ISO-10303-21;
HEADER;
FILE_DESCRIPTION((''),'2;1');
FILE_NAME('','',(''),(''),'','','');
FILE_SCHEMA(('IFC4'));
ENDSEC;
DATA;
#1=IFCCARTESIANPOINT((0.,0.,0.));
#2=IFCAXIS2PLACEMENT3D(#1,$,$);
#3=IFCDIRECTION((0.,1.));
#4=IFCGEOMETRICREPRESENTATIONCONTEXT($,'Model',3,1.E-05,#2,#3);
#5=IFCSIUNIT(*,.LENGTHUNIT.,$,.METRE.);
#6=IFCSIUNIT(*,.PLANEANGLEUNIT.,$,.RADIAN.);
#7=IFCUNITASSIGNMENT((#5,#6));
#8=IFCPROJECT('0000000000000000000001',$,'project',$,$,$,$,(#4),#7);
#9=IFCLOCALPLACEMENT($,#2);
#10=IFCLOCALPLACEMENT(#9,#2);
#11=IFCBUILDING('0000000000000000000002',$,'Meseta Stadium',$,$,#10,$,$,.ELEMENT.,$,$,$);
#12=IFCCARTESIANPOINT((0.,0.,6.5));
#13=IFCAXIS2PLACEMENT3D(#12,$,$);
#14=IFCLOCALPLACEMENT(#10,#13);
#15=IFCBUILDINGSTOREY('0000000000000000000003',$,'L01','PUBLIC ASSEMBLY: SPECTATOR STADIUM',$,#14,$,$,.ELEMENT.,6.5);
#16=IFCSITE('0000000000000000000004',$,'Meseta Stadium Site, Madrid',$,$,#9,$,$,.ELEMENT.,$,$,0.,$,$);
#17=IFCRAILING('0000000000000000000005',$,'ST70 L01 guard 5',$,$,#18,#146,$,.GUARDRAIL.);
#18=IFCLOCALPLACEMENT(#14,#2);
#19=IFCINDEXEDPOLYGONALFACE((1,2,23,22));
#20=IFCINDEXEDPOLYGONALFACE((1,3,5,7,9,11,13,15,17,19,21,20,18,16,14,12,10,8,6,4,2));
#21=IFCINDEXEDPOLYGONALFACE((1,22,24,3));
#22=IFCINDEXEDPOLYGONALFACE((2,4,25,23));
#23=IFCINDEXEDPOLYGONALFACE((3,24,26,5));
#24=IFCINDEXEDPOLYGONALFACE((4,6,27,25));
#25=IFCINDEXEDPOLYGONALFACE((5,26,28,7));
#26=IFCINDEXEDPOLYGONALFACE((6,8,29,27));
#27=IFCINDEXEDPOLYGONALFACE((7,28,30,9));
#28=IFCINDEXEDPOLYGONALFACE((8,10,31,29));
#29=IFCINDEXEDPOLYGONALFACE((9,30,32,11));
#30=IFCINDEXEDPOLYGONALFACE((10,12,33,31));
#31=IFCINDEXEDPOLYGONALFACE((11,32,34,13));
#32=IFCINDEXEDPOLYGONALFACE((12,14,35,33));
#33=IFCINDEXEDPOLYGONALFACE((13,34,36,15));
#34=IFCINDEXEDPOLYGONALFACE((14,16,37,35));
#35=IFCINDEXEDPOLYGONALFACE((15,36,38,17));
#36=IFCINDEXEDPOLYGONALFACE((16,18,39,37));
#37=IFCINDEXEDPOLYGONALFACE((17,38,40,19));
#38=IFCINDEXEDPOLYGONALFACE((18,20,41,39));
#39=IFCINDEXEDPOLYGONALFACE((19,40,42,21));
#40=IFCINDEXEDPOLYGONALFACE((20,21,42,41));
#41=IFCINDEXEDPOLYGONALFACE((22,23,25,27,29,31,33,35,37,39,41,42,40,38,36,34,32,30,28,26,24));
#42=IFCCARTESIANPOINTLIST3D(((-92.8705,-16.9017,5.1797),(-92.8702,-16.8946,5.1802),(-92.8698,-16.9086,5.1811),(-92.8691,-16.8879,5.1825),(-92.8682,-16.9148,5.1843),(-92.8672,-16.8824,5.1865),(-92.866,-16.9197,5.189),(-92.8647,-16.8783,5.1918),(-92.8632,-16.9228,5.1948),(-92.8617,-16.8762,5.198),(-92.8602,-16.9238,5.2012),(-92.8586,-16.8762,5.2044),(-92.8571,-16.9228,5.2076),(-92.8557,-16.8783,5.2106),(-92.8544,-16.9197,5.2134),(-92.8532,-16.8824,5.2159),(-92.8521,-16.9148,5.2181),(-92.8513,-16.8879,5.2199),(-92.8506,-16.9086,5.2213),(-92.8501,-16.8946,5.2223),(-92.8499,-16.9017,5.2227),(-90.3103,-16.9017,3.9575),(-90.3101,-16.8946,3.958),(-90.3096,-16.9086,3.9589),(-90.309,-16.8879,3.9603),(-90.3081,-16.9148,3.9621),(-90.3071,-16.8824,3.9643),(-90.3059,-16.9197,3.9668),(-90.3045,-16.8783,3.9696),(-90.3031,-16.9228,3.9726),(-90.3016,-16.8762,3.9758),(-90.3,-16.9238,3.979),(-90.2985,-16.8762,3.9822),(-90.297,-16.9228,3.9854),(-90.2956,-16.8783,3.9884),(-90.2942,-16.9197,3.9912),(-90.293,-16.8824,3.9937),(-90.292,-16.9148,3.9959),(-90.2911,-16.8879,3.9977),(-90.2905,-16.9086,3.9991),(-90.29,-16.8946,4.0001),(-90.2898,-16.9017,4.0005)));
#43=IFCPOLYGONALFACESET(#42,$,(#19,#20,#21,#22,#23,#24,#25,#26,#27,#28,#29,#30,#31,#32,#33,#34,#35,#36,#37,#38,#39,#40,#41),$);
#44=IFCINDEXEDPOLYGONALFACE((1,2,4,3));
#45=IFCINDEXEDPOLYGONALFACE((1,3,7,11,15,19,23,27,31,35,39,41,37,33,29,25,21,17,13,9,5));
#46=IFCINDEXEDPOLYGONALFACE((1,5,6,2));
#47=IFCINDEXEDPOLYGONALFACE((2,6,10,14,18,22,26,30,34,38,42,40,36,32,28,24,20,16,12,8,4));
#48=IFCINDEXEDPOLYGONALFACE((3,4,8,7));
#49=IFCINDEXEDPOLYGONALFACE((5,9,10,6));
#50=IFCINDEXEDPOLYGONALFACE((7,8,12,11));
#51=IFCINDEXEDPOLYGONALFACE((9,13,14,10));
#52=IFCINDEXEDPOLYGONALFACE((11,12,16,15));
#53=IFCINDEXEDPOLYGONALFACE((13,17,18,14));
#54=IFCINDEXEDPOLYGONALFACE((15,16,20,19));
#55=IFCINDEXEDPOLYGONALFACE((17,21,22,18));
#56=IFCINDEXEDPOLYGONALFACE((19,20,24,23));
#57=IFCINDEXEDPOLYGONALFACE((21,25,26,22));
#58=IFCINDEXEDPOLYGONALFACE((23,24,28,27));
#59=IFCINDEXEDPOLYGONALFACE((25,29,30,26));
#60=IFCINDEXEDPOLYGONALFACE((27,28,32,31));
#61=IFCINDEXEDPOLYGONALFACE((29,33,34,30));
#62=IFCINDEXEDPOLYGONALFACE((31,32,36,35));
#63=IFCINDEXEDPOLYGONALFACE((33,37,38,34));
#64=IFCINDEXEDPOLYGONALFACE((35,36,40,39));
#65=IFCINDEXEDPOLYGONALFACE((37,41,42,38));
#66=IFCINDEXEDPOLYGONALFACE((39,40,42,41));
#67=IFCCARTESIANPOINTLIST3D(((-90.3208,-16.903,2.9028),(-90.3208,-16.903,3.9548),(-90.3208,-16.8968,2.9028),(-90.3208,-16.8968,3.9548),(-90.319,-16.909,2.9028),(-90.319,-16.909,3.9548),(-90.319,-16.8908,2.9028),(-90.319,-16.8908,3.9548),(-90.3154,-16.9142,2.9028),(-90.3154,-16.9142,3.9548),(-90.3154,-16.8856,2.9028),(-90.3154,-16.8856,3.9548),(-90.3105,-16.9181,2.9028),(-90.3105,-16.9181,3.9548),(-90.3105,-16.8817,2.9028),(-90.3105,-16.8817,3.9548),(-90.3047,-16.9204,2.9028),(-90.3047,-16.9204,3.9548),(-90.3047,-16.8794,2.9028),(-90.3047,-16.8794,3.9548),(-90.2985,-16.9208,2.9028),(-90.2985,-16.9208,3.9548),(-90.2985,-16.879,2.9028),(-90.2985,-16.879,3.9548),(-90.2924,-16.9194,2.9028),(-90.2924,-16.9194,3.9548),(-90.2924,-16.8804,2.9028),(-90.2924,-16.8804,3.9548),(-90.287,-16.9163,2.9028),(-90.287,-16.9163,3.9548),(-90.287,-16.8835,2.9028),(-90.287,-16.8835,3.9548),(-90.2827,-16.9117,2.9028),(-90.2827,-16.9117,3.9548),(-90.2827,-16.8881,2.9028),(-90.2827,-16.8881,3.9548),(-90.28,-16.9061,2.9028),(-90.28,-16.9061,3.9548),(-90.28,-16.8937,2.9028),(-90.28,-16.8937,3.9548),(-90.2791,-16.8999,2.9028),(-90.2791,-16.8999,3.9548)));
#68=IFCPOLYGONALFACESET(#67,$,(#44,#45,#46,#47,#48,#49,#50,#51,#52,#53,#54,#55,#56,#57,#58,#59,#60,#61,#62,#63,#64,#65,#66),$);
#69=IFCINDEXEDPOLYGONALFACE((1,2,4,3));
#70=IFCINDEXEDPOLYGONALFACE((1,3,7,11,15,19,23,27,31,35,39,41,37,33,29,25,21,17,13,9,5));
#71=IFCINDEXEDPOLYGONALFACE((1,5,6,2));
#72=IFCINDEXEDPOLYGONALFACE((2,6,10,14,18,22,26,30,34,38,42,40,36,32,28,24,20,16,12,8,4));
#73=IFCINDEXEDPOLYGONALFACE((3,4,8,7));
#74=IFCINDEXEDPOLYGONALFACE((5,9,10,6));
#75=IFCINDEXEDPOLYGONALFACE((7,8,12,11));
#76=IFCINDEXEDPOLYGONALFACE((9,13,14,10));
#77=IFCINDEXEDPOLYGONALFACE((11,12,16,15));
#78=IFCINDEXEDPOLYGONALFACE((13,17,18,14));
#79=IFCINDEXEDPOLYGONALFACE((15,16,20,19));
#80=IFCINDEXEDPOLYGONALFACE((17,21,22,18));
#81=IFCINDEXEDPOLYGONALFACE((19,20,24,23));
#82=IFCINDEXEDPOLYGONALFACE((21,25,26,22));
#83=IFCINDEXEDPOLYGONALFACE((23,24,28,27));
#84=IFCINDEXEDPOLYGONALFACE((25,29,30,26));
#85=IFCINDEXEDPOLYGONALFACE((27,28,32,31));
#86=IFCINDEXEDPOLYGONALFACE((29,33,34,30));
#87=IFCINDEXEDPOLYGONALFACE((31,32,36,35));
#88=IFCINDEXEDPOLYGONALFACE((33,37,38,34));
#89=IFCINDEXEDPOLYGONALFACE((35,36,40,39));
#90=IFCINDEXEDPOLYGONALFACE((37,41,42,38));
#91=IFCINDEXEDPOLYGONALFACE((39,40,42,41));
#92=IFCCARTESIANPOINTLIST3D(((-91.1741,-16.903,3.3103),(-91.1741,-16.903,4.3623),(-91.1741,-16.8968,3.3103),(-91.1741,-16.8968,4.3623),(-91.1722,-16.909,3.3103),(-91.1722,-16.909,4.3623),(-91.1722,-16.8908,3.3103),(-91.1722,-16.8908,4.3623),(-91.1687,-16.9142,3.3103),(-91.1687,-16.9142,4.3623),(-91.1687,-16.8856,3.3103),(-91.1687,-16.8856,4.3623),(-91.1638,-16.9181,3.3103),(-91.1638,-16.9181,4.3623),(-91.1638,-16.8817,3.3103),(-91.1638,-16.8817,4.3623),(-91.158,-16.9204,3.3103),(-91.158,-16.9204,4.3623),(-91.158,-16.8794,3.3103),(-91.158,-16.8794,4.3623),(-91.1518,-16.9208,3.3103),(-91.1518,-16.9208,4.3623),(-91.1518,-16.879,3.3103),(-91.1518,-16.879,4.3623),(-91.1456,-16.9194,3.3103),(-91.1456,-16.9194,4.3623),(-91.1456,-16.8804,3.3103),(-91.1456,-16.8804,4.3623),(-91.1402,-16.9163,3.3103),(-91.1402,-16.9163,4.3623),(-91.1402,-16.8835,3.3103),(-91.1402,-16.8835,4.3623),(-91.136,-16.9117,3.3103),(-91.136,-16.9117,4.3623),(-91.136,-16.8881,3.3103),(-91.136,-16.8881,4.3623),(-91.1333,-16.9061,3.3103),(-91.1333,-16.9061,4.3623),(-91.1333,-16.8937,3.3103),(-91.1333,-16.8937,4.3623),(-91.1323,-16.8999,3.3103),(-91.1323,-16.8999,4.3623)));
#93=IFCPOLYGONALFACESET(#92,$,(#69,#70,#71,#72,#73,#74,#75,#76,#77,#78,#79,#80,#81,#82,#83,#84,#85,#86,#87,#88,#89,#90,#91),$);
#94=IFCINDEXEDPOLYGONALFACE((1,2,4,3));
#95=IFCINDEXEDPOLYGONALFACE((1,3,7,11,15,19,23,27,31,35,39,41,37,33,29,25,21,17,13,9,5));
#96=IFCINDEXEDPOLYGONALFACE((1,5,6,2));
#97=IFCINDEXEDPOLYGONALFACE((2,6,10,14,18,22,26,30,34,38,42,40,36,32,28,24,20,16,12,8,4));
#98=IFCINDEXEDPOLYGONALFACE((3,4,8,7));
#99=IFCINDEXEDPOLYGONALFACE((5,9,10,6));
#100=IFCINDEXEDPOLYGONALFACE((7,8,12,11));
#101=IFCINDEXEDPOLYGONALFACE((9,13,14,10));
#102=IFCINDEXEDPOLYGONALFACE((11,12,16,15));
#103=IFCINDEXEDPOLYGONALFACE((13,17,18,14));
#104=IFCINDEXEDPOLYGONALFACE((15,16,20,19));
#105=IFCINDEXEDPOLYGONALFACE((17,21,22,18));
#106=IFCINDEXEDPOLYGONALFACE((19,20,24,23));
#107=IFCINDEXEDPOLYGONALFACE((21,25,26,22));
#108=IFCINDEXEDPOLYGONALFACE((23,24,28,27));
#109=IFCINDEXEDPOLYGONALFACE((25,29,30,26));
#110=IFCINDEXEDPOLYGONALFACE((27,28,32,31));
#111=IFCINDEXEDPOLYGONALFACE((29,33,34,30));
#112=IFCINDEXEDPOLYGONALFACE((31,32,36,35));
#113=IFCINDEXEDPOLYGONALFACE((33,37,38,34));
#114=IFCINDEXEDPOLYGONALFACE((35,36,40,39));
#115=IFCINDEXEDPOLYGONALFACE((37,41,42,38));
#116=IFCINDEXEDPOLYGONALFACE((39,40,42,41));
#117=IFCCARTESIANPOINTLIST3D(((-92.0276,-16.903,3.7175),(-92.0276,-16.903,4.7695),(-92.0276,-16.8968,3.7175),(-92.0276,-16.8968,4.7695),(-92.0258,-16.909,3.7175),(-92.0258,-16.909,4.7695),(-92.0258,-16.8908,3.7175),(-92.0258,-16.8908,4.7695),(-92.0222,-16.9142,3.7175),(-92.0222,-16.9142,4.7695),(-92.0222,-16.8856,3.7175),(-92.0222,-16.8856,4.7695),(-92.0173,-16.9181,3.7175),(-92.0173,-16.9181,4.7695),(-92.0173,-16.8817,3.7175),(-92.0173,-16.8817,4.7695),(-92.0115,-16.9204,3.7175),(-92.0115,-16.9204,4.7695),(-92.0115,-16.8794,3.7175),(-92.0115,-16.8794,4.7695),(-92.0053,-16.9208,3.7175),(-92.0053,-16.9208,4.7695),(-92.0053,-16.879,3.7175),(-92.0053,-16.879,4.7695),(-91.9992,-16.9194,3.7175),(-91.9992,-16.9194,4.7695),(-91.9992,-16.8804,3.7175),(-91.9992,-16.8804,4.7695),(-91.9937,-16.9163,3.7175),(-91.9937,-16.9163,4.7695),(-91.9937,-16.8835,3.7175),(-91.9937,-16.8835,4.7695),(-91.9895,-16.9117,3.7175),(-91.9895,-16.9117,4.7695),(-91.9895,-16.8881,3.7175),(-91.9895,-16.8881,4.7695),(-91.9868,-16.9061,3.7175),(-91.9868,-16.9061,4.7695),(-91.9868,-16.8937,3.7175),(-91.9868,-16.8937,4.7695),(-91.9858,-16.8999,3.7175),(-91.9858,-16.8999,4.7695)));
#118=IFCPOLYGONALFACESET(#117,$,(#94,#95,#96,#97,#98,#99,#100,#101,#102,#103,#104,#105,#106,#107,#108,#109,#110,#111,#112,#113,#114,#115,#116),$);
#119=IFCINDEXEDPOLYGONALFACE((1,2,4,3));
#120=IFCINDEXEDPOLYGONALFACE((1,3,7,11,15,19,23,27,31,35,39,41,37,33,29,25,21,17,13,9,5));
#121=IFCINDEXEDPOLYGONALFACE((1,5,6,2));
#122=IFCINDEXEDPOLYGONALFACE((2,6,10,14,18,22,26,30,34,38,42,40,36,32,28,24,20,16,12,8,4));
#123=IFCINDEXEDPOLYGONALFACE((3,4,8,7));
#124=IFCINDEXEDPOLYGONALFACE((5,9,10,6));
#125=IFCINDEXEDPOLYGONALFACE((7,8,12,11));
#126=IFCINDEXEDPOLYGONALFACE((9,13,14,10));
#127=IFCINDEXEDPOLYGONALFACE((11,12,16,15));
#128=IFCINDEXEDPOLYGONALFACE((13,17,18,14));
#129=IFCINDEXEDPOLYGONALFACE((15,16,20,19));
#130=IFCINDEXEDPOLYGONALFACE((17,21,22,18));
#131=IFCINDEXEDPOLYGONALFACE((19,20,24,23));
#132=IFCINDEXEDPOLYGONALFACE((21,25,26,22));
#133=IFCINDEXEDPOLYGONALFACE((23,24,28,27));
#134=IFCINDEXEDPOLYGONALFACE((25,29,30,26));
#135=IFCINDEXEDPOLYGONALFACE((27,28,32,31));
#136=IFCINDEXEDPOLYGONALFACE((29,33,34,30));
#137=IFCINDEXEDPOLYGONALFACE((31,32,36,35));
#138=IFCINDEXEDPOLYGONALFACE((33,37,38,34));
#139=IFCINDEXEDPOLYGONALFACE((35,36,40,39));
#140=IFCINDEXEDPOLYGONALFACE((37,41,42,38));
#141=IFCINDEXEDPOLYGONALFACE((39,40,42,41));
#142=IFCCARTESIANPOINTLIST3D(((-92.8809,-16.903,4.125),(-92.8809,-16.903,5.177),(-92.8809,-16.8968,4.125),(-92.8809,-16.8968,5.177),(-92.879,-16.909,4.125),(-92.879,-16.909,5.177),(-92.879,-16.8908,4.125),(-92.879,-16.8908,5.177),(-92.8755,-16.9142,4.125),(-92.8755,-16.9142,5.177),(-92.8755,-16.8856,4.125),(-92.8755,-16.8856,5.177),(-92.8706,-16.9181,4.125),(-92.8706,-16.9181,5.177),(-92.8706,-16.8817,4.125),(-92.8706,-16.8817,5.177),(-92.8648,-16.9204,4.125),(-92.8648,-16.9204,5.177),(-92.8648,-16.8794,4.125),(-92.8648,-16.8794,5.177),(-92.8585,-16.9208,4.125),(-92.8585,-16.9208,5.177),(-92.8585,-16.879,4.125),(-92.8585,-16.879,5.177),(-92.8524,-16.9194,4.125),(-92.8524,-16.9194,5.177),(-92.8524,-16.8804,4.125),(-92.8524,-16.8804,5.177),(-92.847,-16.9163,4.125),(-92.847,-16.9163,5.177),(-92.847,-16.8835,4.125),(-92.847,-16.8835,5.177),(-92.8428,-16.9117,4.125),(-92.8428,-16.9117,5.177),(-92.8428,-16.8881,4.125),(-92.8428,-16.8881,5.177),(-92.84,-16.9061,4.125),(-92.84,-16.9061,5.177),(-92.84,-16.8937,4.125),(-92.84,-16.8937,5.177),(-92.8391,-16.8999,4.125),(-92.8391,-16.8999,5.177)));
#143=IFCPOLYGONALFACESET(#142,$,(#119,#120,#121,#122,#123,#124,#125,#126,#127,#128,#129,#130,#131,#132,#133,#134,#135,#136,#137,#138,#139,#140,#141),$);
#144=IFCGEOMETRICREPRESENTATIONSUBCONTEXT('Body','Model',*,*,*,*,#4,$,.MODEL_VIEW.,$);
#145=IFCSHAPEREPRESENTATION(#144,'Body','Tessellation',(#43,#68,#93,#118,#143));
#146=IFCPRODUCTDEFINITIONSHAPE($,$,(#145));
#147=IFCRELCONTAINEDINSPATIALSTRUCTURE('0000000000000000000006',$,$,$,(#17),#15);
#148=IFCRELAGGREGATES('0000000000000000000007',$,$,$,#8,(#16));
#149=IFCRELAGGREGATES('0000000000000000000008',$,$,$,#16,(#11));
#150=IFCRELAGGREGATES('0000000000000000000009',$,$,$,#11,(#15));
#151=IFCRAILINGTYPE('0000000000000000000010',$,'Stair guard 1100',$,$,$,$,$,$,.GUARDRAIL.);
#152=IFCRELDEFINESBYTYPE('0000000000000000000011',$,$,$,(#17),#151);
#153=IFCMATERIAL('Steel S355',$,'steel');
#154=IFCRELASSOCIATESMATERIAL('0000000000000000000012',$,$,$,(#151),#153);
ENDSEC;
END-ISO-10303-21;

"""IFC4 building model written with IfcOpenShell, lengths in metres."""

from ifc_helpers import new_model, si_unit, direction, frame, origin, origin_2d, place, context, subcontext, project, spatial, circle, extrude, material, type_object, element, save


model = new_model("IFC4")

# Units and contexts
model_context = context("Model", 3, precision=1e-05, world=origin(), true_north=direction((0.0, 1.0)))
body_context = subcontext(model_context, "Body", "Model", "MODEL_VIEW")
ifc_project = project(units=[si_unit("LENGTHUNIT", "METRE"), si_unit("PLANEANGLEUNIT", "RADIAN")], contexts=[model_context])

# Site, building, storey
site_placement = place(None, origin())
site = spatial("IfcSite", under=ifc_project, at=site_placement, Name="Meseta Stadium Site, Madrid", CompositionType="ELEMENT", RefElevation=0.0)
building_placement = place(site_placement, origin())
building = spatial("IfcBuilding", under=site, at=building_placement, Name="Meseta Stadium", CompositionType="ELEMENT")
storey_placement = place(building_placement, frame((0.0, 0.0, 6.5)))
storey = spatial("IfcBuildingStorey", under=building, at=storey_placement, Name="L01", Description="PUBLIC ASSEMBLY: SPECTATOR STADIUM", CompositionType="ELEMENT", Elevation=6.5)

# Railing
ifc_material_1 = material(Name="Steel S355", Category="steel")
railing_type_1 = type_object("IfcRailingType", Name="Stair guard 1100", PredefinedType="GUARDRAIL", material=ifc_material_1)
railing_1_placement = place(storey_placement, frame((-90.3, -16.8999, 2.9028)))
element("IfcRailing", 1, at=railing_1_placement, inside=storey, type_object=railing_type_1, Name="ST70 L01 guard 5", PredefinedType="GUARDRAIL", context=body_context, shape_type="SweptSolid", body=[
    extrude(circle(Radius=0.0239, at=origin_2d()), frame((0.0, 0.0, 1.0762), z_axis=(-0.902437, 0.0, 0.430822), x_axis=(0.0, -1.0, 0.0)), (0.0, 0.0, 1.0), 2.8369),
    extrude(circle(Radius=0.021, at=origin_2d()), origin(), (0.0, 0.0, 1.0), 1.052),
    extrude(circle(Radius=0.021, at=origin_2d()), frame((-0.8533, 0.0, 0.4075)), (0.0, 0.0, 1.0), 1.052),
    extrude(circle(Radius=0.021, at=origin_2d()), frame((-1.7068, 0.0, 0.8147)), (0.0, 0.0, 1.0), 1.052),
    extrude(circle(Radius=0.021, at=origin_2d()), frame((-2.5601, 0.0, 1.2222)), (0.0, 0.0, 1.0), 1.052),
])

save(model, "model.ifc")
